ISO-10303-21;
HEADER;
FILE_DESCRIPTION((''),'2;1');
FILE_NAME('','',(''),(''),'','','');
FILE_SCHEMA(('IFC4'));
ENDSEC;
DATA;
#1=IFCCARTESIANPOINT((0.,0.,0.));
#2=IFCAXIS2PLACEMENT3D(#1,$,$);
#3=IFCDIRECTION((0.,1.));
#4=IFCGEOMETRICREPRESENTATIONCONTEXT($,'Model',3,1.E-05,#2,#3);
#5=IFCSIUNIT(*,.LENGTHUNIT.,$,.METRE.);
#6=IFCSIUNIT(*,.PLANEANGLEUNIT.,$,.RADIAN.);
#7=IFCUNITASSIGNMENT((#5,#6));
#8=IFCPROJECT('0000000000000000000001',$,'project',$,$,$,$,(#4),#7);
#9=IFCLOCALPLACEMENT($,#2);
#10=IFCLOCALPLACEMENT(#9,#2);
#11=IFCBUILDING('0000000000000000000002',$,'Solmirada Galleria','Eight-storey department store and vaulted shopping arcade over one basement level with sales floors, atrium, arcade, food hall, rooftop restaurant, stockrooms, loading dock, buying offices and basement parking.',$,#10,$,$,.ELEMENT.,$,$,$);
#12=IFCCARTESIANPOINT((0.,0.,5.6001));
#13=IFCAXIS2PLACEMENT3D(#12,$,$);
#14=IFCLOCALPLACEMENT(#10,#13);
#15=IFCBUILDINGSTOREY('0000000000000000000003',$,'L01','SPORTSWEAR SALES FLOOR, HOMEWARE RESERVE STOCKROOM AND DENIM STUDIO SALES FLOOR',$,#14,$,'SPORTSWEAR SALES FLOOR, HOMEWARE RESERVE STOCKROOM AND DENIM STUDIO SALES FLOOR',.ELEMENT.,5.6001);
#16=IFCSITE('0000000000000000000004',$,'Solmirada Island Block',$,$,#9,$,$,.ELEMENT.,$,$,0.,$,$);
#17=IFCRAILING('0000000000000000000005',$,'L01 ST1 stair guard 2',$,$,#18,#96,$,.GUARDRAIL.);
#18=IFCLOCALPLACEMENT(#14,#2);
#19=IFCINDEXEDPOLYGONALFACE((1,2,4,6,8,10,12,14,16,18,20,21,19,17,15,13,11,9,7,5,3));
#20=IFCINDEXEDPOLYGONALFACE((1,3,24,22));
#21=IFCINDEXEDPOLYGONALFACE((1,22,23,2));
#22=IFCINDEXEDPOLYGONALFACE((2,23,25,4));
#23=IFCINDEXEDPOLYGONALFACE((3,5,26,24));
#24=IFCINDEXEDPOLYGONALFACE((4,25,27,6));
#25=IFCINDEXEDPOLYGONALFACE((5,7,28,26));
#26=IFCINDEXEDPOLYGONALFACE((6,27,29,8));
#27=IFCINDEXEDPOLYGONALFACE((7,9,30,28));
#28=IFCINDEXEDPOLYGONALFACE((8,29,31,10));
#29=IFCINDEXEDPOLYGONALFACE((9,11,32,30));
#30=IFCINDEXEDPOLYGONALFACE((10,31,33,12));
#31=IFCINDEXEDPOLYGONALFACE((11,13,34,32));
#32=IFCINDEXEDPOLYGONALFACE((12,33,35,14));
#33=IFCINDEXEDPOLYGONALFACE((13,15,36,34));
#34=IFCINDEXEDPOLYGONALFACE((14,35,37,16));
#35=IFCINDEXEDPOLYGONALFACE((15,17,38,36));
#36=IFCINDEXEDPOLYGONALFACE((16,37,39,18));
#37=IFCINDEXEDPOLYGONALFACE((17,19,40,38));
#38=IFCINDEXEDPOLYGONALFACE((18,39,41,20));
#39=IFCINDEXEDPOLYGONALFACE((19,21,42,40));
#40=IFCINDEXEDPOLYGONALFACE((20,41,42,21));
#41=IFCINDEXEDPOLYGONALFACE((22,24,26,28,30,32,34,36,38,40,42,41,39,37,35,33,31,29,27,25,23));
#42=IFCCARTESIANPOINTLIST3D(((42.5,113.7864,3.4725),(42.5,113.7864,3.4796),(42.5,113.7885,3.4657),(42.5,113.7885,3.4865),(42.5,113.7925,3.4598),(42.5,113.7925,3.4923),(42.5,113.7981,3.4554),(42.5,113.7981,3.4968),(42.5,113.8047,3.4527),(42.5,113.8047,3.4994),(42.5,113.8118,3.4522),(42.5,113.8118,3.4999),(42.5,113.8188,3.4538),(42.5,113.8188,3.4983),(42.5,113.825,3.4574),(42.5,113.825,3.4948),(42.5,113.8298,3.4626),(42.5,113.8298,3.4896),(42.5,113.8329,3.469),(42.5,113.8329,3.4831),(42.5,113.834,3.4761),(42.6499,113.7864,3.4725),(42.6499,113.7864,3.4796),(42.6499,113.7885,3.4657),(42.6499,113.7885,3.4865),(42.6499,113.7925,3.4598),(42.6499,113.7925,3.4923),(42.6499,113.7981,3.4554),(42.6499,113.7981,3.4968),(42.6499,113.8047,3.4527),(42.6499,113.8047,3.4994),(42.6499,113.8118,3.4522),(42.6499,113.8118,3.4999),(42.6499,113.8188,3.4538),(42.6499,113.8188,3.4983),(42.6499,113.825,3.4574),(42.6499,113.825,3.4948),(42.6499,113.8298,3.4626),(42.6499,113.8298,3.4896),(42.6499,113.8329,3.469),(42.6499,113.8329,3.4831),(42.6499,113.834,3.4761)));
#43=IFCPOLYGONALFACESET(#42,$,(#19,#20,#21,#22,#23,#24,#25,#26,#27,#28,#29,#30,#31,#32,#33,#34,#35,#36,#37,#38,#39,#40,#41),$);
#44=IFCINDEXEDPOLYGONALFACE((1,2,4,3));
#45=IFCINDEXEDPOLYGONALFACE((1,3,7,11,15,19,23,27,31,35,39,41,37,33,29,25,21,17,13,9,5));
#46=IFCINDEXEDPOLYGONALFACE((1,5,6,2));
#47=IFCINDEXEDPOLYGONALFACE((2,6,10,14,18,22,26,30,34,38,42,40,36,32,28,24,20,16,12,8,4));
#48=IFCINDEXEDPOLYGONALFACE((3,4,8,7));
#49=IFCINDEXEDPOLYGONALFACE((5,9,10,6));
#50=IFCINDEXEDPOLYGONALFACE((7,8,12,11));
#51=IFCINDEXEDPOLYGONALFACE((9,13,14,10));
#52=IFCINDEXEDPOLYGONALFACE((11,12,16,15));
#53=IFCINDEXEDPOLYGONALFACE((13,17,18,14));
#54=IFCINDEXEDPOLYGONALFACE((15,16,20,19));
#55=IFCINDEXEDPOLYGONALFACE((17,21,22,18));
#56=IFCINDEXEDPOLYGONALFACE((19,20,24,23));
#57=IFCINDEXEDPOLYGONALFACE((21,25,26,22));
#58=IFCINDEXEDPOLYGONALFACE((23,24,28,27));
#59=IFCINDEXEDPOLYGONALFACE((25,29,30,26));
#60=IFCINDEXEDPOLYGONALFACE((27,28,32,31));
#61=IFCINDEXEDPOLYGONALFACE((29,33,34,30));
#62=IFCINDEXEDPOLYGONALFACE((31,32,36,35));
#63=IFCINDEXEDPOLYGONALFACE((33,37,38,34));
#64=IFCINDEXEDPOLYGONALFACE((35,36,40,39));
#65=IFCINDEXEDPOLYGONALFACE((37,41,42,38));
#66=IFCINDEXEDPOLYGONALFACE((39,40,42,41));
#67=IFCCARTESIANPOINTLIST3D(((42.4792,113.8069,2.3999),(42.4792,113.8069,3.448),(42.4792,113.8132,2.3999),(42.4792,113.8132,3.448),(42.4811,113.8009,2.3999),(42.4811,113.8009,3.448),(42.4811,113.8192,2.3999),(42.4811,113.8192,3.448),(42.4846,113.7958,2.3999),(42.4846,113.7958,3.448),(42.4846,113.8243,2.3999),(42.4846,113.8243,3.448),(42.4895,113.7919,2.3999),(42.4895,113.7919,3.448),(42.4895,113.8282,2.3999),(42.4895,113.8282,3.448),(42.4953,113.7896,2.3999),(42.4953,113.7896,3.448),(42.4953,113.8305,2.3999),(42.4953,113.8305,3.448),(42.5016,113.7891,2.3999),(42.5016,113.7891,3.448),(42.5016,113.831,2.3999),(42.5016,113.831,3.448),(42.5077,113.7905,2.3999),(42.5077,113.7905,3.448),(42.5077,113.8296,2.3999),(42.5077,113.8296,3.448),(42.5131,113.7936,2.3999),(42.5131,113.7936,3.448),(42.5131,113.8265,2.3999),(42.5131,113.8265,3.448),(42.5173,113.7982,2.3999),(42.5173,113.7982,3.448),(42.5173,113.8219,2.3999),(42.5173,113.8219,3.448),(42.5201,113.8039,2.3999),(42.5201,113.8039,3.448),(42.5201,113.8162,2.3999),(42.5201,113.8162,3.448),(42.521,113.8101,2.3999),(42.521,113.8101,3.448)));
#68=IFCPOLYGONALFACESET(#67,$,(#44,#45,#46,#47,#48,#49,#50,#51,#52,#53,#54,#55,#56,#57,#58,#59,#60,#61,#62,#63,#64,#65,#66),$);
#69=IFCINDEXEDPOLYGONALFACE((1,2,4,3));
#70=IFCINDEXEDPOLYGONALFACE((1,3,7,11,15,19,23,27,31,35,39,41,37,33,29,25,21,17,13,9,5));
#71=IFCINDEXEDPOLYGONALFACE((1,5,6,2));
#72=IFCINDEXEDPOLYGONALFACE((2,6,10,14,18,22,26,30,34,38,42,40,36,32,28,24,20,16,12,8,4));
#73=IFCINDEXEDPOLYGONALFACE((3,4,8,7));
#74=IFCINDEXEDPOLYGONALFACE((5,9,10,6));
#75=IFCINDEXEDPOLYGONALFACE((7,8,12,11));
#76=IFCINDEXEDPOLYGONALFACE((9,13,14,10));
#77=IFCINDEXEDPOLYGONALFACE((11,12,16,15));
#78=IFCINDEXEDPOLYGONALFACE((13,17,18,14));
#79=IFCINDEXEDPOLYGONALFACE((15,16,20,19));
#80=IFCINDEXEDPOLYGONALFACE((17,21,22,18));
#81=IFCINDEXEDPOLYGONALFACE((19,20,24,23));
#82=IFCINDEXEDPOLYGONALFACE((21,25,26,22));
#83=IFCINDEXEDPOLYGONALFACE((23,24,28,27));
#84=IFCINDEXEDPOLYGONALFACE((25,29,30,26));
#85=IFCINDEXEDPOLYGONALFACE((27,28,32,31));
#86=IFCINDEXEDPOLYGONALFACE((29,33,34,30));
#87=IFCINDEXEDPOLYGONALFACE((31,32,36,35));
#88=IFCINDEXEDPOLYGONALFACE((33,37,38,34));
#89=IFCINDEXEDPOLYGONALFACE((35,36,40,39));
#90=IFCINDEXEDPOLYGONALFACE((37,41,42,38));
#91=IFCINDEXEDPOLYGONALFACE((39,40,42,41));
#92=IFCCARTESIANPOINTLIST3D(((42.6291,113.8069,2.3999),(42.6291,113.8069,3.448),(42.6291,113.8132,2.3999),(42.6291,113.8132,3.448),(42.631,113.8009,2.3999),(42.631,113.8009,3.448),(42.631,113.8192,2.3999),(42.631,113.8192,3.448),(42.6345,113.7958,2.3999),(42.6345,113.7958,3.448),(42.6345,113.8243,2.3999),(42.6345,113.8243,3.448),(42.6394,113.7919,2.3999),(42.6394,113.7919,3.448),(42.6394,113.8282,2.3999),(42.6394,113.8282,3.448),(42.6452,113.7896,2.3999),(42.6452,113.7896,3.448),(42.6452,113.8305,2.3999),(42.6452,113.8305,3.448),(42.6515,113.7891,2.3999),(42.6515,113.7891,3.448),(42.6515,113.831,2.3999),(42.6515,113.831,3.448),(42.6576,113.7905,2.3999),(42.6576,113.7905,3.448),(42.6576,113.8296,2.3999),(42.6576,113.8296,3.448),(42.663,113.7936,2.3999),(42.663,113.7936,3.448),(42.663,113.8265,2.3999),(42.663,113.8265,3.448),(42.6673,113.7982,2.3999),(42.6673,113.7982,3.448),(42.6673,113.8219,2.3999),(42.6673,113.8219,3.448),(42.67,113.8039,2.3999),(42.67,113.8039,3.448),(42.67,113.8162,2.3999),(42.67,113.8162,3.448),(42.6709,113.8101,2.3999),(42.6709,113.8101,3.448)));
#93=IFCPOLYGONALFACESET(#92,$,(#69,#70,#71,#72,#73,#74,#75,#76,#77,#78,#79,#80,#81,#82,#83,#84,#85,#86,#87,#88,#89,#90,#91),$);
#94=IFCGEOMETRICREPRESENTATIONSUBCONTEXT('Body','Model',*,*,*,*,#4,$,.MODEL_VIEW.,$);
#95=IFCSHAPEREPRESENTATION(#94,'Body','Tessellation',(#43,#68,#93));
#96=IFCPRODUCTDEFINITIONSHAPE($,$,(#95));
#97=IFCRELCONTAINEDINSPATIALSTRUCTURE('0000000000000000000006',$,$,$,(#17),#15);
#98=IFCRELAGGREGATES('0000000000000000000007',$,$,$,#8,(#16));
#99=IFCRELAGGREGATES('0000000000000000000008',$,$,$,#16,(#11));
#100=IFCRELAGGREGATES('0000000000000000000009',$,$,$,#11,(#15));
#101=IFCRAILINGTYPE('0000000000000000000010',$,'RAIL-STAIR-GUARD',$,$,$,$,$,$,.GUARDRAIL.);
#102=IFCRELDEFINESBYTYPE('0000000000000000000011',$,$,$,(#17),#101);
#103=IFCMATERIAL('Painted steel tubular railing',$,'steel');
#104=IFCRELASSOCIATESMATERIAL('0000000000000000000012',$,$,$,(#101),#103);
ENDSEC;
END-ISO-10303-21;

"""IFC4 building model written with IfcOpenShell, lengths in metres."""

from ifc_helpers import new_model, si_unit, direction, frame, origin, origin_2d, place, context, subcontext, project, spatial, circle, extrude, material, type_object, element, save


model = new_model("IFC4")

# Units and contexts
model_context = context("Model", 3, precision=1e-05, world=origin(), true_north=direction((0.0, 1.0)))
body_context = subcontext(model_context, "Body", "Model", "MODEL_VIEW")
ifc_project = project(units=[si_unit("LENGTHUNIT", "METRE"), si_unit("PLANEANGLEUNIT", "RADIAN")], contexts=[model_context])

# Site, building, storey
site_placement = place(None, origin())
site = spatial("IfcSite", under=ifc_project, at=site_placement, Name="Solmirada Island Block", CompositionType="ELEMENT", RefElevation=0.0)
building_placement = place(site_placement, origin())
building = spatial("IfcBuilding", under=site, at=building_placement, Name="Solmirada Galleria", Description="Eight-storey department store and vaulted shopping arcade over one basement level with sales floors, atrium, arcade, food hall, rooftop restaurant, stockrooms, loading dock, buying offices and basement parking.", CompositionType="ELEMENT")
storey_placement = place(building_placement, frame((0.0, 0.0, 5.6001)))
storey = spatial("IfcBuildingStorey", under=building, at=storey_placement, Name="L01", Description="SPORTSWEAR SALES FLOOR, HOMEWARE RESERVE STOCKROOM AND DENIM STUDIO SALES FLOOR", LongName="SPORTSWEAR SALES FLOOR, HOMEWARE RESERVE STOCKROOM AND DENIM STUDIO SALES FLOOR", CompositionType="ELEMENT", Elevation=5.6001)

# Railing
ifc_material_1 = material(Name="Painted steel tubular railing", Category="steel")
railing_type_1 = type_object("IfcRailingType", Name="RAIL-STAIR-GUARD", PredefinedType="GUARDRAIL", material=ifc_material_1)
railing_1_placement = place(storey_placement, frame((42.5, 113.8101, 2.3999)))
element("IfcRailing", 1, at=railing_1_placement, inside=storey, type_object=railing_type_1, Name="L01 ST1 stair guard 2", PredefinedType="GUARDRAIL", context=body_context, shape_type="SweptSolid", body=[
    extrude(circle(Radius=0.0239, at=origin_2d()), frame((0.0, 0.0, 1.0762), z_axis=(1.0, 0.0, 0.0), x_axis=(0.0, 1.0, 0.0)), (0.0, 0.0, 1.0), 0.1499),
    extrude(circle(Radius=0.021, at=origin_2d()), origin(), (0.0, 0.0, 1.0), 1.0481),
    extrude(circle(Radius=0.021, at=origin_2d()), frame((0.1499, 0.0, 0.0)), (0.0, 0.0, 1.0), 1.0481),
])

save(model, "model.ifc")
